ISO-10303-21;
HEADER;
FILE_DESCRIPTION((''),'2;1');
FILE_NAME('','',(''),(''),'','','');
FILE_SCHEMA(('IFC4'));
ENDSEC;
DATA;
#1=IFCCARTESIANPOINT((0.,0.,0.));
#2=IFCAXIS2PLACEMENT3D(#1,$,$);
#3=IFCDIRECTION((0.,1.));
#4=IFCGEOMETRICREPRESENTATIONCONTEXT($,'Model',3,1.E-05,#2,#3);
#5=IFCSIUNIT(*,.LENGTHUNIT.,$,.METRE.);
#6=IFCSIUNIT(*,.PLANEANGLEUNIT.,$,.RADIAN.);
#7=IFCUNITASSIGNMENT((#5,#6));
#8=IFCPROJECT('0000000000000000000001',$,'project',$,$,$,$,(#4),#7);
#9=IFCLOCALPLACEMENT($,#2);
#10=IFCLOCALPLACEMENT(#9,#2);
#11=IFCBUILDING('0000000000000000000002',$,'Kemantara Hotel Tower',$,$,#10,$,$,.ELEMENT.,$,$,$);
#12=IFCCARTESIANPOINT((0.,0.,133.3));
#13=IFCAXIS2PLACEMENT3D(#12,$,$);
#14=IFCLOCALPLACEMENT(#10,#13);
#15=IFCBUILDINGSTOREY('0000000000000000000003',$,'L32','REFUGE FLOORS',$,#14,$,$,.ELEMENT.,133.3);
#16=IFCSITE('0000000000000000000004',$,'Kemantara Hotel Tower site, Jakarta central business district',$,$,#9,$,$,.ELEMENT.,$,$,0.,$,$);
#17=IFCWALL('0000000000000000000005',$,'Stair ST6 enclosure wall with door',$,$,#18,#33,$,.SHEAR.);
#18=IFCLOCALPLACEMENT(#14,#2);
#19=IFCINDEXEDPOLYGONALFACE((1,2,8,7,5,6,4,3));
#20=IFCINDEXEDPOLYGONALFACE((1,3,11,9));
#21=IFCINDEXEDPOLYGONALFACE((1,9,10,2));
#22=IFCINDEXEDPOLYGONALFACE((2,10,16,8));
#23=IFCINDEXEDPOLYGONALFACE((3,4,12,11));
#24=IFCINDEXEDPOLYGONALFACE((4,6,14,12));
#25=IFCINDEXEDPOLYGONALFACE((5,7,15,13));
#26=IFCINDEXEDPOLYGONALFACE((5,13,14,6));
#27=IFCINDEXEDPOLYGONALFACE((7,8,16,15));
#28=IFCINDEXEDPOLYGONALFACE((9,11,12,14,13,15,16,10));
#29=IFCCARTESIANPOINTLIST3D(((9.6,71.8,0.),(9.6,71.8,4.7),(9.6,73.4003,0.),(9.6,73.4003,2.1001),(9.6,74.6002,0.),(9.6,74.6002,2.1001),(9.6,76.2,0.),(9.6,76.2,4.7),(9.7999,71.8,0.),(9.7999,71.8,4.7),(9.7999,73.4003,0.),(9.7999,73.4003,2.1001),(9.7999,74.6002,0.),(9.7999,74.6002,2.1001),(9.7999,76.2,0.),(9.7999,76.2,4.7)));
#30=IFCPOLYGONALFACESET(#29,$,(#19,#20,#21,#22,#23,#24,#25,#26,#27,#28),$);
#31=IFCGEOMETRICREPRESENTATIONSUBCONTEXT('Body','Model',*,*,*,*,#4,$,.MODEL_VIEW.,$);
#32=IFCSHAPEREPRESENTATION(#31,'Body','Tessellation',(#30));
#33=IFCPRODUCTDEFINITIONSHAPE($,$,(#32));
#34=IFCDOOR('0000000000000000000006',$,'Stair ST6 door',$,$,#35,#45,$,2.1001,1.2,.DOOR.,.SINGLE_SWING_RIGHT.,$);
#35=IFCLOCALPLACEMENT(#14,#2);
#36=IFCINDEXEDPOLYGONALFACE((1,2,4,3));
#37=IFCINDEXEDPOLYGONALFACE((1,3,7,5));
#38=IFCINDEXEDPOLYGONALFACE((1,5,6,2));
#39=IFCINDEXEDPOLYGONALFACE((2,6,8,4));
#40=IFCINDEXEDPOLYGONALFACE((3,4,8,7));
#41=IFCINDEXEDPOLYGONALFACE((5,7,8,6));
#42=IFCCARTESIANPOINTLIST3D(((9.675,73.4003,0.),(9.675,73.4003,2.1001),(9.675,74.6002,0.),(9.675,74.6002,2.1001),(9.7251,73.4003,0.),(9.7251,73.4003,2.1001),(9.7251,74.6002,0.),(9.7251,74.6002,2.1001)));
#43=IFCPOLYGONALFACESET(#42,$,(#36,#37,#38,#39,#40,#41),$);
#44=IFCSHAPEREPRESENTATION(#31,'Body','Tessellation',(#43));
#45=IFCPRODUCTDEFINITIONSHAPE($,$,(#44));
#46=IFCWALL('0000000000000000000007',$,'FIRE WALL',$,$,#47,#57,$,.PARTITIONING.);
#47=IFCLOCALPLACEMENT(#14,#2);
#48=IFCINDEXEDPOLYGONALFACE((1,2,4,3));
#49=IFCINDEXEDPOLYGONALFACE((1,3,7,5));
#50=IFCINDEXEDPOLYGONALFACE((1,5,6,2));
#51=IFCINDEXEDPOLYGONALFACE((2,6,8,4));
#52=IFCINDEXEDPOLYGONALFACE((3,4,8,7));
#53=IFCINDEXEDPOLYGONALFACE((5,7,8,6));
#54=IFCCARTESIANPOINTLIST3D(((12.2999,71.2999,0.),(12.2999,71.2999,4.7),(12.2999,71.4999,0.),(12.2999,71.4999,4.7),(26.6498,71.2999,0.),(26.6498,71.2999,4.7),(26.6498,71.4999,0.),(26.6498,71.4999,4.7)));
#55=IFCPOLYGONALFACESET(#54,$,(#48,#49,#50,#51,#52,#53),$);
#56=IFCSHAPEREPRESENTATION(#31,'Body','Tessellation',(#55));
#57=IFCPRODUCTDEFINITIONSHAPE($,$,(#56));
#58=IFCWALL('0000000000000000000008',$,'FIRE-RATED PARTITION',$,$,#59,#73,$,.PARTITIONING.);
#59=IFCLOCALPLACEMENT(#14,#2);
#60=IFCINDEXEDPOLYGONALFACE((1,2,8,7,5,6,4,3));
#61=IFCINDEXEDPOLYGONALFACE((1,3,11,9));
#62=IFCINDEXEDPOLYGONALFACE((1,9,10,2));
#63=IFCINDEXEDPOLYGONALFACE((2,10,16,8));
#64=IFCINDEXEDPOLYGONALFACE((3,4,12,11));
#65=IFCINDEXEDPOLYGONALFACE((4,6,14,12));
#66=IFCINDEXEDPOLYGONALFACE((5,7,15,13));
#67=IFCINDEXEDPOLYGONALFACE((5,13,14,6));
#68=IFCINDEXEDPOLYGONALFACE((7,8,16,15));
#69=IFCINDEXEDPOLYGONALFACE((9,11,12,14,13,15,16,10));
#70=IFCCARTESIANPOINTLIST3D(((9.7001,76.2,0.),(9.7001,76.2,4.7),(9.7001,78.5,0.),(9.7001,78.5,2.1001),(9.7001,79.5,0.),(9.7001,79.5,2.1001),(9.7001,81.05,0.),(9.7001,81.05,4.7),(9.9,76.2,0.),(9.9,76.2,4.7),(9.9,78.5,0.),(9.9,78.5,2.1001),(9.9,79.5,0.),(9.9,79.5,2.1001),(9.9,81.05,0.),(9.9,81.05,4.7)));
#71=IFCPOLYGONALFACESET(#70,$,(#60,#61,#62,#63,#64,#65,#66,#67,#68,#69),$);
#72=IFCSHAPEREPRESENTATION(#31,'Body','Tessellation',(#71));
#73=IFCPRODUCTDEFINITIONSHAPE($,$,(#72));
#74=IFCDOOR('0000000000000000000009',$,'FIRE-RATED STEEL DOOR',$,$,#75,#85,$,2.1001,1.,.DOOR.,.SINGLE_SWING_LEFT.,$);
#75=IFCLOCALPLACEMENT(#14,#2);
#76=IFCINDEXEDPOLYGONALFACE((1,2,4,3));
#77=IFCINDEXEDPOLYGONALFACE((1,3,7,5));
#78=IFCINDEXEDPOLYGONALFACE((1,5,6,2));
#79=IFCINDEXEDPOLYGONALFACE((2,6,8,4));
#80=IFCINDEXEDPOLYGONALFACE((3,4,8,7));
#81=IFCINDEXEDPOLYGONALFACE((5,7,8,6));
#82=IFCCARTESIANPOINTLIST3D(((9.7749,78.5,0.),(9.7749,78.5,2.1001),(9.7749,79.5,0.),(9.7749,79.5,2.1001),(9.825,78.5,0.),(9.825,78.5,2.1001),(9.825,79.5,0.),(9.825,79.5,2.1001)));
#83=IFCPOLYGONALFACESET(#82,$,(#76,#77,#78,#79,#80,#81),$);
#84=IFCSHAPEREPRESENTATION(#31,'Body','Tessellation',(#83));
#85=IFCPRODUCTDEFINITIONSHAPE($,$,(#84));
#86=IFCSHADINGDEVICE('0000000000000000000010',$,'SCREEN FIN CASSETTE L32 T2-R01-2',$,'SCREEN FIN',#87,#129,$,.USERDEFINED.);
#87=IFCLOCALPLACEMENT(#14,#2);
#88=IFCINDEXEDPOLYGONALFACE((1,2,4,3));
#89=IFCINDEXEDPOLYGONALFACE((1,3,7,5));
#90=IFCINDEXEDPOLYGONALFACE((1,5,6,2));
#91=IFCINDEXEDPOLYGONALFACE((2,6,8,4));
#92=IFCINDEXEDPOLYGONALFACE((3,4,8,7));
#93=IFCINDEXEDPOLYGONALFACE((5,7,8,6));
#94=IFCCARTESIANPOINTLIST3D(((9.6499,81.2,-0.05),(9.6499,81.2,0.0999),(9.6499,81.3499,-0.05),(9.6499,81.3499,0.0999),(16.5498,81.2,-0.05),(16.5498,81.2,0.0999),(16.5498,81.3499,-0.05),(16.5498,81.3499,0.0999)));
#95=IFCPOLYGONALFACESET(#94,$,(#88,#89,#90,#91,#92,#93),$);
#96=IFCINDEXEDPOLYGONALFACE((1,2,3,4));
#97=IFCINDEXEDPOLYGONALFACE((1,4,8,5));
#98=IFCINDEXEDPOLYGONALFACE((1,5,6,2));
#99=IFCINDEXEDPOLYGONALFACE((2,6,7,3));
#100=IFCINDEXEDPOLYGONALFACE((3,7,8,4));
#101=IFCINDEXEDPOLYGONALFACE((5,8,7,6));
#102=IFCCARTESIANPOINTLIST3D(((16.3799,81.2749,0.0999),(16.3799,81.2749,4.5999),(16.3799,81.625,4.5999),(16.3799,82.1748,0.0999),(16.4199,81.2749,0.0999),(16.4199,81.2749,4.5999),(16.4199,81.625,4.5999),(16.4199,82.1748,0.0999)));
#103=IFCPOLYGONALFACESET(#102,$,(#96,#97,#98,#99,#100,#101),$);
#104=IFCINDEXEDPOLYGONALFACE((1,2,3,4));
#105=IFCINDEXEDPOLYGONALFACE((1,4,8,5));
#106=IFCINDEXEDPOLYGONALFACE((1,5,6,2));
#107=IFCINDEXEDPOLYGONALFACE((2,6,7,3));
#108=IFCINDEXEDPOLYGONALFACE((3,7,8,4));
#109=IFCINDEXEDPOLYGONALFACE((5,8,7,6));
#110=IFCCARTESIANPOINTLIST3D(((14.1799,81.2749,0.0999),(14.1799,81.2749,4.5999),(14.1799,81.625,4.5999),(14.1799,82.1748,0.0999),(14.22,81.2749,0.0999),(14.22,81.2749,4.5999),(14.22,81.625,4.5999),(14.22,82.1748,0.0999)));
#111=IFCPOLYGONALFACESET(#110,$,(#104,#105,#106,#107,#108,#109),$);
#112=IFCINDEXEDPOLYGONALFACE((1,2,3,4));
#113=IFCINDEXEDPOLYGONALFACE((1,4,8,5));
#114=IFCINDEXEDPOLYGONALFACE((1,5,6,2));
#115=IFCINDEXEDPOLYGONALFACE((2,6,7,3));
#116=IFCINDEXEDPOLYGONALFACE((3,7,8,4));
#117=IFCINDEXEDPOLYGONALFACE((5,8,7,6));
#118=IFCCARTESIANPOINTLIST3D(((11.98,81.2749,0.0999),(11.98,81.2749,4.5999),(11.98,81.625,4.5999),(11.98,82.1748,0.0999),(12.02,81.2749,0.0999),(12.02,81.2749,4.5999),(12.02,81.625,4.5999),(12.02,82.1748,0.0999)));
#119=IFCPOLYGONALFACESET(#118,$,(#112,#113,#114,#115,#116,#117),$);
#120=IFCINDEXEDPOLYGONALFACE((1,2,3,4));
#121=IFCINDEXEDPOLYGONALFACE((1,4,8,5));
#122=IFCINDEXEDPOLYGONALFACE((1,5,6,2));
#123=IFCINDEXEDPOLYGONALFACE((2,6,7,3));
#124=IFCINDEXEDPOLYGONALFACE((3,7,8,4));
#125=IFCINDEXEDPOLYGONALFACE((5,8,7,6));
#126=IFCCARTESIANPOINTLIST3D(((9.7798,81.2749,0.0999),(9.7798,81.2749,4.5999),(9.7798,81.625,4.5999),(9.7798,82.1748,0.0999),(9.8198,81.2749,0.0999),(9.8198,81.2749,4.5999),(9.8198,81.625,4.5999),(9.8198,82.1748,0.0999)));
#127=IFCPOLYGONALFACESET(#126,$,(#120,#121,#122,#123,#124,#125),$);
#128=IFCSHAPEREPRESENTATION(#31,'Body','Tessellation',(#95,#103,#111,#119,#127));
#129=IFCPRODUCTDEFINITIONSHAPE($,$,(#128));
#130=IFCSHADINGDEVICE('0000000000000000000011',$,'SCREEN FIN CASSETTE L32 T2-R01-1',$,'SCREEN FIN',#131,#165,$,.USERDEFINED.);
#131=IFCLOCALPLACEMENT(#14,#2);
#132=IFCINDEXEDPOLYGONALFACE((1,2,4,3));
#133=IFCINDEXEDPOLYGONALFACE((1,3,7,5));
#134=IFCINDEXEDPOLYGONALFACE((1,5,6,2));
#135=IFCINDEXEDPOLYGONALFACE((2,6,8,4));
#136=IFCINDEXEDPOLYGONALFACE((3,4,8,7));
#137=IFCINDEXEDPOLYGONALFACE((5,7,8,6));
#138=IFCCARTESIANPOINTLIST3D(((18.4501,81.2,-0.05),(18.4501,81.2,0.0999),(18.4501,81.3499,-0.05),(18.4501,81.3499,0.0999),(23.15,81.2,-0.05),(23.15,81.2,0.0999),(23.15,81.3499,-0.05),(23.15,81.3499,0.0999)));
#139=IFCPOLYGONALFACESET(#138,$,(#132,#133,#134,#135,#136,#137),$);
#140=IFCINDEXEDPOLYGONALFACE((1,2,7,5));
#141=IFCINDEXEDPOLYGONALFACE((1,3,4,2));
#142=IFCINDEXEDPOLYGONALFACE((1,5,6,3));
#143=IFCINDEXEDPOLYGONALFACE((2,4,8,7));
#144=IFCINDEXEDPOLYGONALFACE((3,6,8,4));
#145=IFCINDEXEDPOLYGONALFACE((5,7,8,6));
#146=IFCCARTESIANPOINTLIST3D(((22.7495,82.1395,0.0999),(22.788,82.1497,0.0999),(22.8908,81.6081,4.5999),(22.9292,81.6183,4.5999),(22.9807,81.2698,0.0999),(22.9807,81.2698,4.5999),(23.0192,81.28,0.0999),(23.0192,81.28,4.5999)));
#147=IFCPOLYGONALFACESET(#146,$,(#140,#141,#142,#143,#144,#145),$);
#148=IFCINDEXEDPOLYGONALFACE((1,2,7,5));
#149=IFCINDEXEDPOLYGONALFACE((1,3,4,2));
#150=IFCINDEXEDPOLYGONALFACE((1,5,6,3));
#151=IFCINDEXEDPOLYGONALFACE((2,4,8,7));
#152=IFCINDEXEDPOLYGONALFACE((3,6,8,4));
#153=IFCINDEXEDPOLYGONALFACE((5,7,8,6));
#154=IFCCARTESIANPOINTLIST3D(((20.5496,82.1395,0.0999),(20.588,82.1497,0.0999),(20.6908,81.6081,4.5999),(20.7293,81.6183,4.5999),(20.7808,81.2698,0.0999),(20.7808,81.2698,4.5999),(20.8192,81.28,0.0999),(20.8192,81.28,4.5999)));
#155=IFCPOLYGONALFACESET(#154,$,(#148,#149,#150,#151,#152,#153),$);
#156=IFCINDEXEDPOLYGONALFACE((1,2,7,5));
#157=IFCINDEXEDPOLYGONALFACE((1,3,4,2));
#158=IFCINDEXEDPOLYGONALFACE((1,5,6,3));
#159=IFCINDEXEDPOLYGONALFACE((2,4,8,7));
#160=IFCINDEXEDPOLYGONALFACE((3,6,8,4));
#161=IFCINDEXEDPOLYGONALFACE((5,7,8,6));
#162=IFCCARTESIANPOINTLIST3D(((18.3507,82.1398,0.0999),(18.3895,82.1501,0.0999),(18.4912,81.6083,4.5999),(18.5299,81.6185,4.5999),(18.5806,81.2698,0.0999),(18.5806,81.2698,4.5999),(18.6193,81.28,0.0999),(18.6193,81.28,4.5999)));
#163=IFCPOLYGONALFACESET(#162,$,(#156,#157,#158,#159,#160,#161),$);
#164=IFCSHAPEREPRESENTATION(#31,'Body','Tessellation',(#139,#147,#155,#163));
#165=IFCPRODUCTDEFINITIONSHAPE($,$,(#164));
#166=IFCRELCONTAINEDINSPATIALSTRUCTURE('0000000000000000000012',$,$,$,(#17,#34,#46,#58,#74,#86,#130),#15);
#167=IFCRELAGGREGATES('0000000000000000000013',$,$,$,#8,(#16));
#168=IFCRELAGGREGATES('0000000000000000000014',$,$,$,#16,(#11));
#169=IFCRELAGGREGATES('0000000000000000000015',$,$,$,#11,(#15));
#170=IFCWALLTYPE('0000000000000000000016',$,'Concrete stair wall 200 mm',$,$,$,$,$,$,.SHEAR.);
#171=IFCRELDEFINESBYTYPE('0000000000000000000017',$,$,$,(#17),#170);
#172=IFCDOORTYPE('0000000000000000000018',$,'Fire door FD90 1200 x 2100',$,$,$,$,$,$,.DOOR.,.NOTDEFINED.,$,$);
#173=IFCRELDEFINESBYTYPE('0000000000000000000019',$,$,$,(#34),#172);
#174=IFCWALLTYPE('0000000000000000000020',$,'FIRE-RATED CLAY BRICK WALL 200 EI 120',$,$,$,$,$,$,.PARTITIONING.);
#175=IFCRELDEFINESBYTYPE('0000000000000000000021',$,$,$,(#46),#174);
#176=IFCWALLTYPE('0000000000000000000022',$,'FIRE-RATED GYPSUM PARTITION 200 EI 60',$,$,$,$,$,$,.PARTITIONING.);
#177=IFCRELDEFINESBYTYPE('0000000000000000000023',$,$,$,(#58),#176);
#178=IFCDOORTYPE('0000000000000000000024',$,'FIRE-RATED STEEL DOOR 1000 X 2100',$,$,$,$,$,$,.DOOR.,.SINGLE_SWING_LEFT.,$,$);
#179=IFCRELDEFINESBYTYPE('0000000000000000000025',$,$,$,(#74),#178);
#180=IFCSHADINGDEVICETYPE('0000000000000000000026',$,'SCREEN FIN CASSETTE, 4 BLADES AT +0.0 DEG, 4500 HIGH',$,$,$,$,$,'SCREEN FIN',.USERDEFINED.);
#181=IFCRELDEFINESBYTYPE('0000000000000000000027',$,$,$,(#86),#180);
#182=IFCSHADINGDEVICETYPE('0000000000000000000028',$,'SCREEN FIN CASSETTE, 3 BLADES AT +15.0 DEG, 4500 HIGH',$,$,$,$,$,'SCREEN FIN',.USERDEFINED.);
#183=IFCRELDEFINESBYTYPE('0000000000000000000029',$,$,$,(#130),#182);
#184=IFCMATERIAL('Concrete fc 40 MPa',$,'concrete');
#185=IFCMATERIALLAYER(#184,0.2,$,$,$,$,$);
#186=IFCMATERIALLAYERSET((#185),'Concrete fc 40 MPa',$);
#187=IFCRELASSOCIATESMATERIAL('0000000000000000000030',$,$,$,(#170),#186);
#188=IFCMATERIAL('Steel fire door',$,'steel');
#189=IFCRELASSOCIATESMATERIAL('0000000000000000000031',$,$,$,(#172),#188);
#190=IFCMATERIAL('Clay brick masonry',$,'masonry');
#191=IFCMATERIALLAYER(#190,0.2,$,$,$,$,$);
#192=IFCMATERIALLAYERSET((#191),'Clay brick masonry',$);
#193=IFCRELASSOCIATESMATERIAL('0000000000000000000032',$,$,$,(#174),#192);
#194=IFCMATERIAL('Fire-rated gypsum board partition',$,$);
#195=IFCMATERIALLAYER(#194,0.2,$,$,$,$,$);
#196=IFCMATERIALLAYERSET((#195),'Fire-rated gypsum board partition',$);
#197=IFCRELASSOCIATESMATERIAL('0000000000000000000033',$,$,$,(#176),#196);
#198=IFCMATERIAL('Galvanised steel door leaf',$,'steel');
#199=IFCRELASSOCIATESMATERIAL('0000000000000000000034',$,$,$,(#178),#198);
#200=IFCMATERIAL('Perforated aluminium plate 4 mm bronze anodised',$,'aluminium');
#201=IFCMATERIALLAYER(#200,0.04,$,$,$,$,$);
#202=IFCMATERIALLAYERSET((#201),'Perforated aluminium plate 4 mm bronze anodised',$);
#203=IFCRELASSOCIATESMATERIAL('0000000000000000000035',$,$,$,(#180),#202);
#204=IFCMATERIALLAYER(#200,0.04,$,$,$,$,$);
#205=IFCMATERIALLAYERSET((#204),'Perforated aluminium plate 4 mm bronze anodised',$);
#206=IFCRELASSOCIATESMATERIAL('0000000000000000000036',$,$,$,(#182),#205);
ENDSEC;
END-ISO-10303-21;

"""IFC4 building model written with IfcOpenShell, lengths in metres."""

from ifc_helpers import new_model, si_unit, direction, frame, frame_2d, origin, origin_2d, place, context, subcontext, project, spatial, polyline, rectangle, outline, extrude, source, transform, mapped, material, layer, layer_set, type_object, element, fill, save


model = new_model("IFC4")

# Units and contexts
model_context = context("Model", 3, precision=1e-05, world=origin(), true_north=direction((0.0, 1.0)))
body_context = subcontext(model_context, "Body", "Model", "MODEL_VIEW")
ifc_project = project(units=[si_unit("LENGTHUNIT", "METRE"), si_unit("PLANEANGLEUNIT", "RADIAN")], contexts=[model_context])

# Site, building, storey
site_placement = place(None, origin())
site = spatial("IfcSite", under=ifc_project, at=site_placement, Name="Kemantara Hotel Tower site, Jakarta central business district", CompositionType="ELEMENT", RefElevation=0.0)
building_placement = place(site_placement, origin())
building = spatial("IfcBuilding", under=site, at=building_placement, Name="Kemantara Hotel Tower", CompositionType="ELEMENT")
storey_placement = place(building_placement, frame((0.0, 0.0, 133.3)))
storey = spatial("IfcBuildingStorey", under=building, at=storey_placement, Name="L32", Description="REFUGE FLOORS", CompositionType="ELEMENT", Elevation=133.3)

# Wall, opening, door
ifc_material_1 = material(Name="Concrete fc 40 MPa", Category="concrete")
ifc_layer_1 = layer(ifc_material_1, 0.2)
ifc_layer_set_1 = layer_set([ifc_layer_1], Name="Concrete fc 40 MPa")
wall_type_1 = type_object("IfcWallType", Name="Concrete stair wall 200 mm", PredefinedType="SHEAR", material=ifc_layer_set_1)
wall_1_placement = place(storey_placement, frame((9.7, 71.8, 0.0), z_axis=(0.0, 0.0, 1.0), x_axis=(0.0, 1.0, 0.0)))
wall_1 = element("IfcWall", 1, at=wall_1_placement, inside=storey, type_object=wall_type_1, Name="Stair ST6 enclosure wall with door", PredefinedType="SHEAR", context=body_context, shape_type="SweptSolid", body=[
    extrude(rectangle(XDim=4.3999, YDim=0.2, at=frame_2d((2.2, 0.0))), origin(), (0.0, 0.0, 1.0), 4.7),
])
opening_1_placement = place(wall_1_placement, frame((1.6001, 0.0, 0.0)))
opening_1 = element("IfcOpeningElement", 2, at=opening_1_placement, cuts=wall_1, PredefinedType="OPENING", context=body_context, shape_type="SweptSolid", body=[
    extrude(rectangle(XDim=1.2, YDim=2.1001, at=frame_2d((0.6001, 1.05))), frame((0.0, 0.1099, 0.0), z_axis=(0.0, -1.0, 0.0), x_axis=(1.0, 0.0, 0.0)), (0.0, 0.0, 1.0), 0.22),
])
ifc_material_2 = material(Name="Steel fire door", Category="steel")
door_type_1 = type_object("IfcDoorType", Name="Fire door FD90 1200 x 2100", OperationType="NOTDEFINED", PredefinedType="DOOR", material=ifc_material_2)
door_1_placement = place(opening_1_placement, origin())
door_1 = element("IfcDoor", 3, at=door_1_placement, inside=storey, type_object=door_type_1, Name="Stair ST6 door", OperationType="SINGLE_SWING_RIGHT", OverallHeight=2.1001, OverallWidth=1.2, PredefinedType="DOOR", context=body_context, shape_type="SweptSolid", body=[
    extrude(rectangle(XDim=1.2, YDim=2.1001, at=frame_2d((0.6001, 1.05))), frame((0.0, 0.0249, 0.0), z_axis=(0.0, -1.0, 0.0), x_axis=(1.0, 0.0, 0.0)), (0.0, 0.0, 1.0), 0.05),
])
fill(opening_1, door_1)

# Wall
ifc_material_3 = material(Name="Clay brick masonry", Category="masonry")
ifc_layer_2 = layer(ifc_material_3, 0.2)
ifc_layer_set_2 = layer_set([ifc_layer_2], Name="Clay brick masonry")
wall_type_2 = type_object("IfcWallType", Name="FIRE-RATED CLAY BRICK WALL 200 EI 120", PredefinedType="PARTITIONING", material=ifc_layer_set_2)
wall_2_placement = place(storey_placement, frame((12.3, 71.3999, 0.0), z_axis=(0.0, 0.0, 1.0), x_axis=(1.0, 0.0, 0.0)))
element("IfcWall", 4, at=wall_2_placement, inside=storey, type_object=wall_type_2, Name="FIRE WALL", PredefinedType="PARTITIONING", context=body_context, shape_type="SweptSolid", body=[
    extrude(rectangle(XDim=14.3499, YDim=0.2, at=frame_2d((7.1748, 0.0))), origin(), (0.0, 0.0, 1.0), 4.7),
])

# Wall, opening, door
ifc_material_4 = material(Name="Fire-rated gypsum board partition")
ifc_layer_3 = layer(ifc_material_4, 0.2)
ifc_layer_set_3 = layer_set([ifc_layer_3], Name="Fire-rated gypsum board partition")
wall_type_3 = type_object("IfcWallType", Name="FIRE-RATED GYPSUM PARTITION 200 EI 60", PredefinedType="PARTITIONING", material=ifc_layer_set_3)
wall_3_placement = place(storey_placement, frame((9.8, 76.2, 0.0), z_axis=(0.0, 0.0, 1.0), x_axis=(0.0, 1.0, 0.0)))
wall_3 = element("IfcWall", 5, at=wall_3_placement, inside=storey, type_object=wall_type_3, Name="FIRE-RATED PARTITION", PredefinedType="PARTITIONING", context=body_context, shape_type="SweptSolid", body=[
    extrude(rectangle(XDim=4.8501, YDim=0.2, at=frame_2d((2.425, 0.0))), origin(), (0.0, 0.0, 1.0), 4.7),
])
opening_2_placement = place(wall_3_placement, frame((2.3, 0.0, 0.0)))
opening_2 = element("IfcOpeningElement", 6, at=opening_2_placement, cuts=wall_3, PredefinedType="OPENING", context=body_context, shape_type="SweptSolid", body=[
    extrude(rectangle(XDim=1.0, YDim=2.1001, at=frame_2d((0.5, 1.05))), frame((0.0, 0.1099, 0.0), z_axis=(0.0, -1.0, 0.0), x_axis=(1.0, 0.0, 0.0)), (0.0, 0.0, 1.0), 0.22),
])
ifc_material_5 = material(Name="Galvanised steel door leaf", Category="steel")
door_type_2 = type_object("IfcDoorType", Name="FIRE-RATED STEEL DOOR 1000 X 2100", OperationType="SINGLE_SWING_LEFT", PredefinedType="DOOR", material=ifc_material_5)
door_2_placement = place(opening_2_placement, frame((1.0, 0.0, 0.0), z_axis=(0.0, 0.0, 1.0), x_axis=(-1.0, 0.0, 0.0)))
door_2 = element("IfcDoor", 7, at=door_2_placement, inside=storey, type_object=door_type_2, Name="FIRE-RATED STEEL DOOR", OperationType="SINGLE_SWING_LEFT", OverallHeight=2.1001, OverallWidth=1.0, PredefinedType="DOOR", context=body_context, shape_type="SweptSolid", body=[
    extrude(rectangle(XDim=1.0, YDim=2.1001, at=frame_2d((0.5, 1.05))), frame((0.0, 0.0249, 0.0), z_axis=(0.0, -1.0, 0.0), x_axis=(1.0, 0.0, 0.0)), (0.0, 0.0, 1.0), 0.05),
])
fill(opening_2, door_2)

# Shading devices
ifc_material_6 = material(Name="Perforated aluminium plate 4 mm bronze anodised", Category="aluminium")
ifc_layer_4 = layer(ifc_material_6, 0.04)
ifc_layer_set_4 = layer_set([ifc_layer_4], Name="Perforated aluminium plate 4 mm bronze anodised")
shading_device_type_1 = type_object("IfcShadingDeviceType", Name="SCREEN FIN CASSETTE, 4 BLADES AT +0.0 DEG, 4500 HIGH", ElementType="SCREEN FIN", PredefinedType="USERDEFINED", material=ifc_layer_set_4)
shared_shape_1 = source(origin(), body_context, "Body", "SweptSolid", [
    extrude(rectangle(XDim=6.8999, YDim=0.1499, at=origin_2d()), frame((3.3, -0.075, -0.1499), z_axis=(0.0, 0.0, 1.0), x_axis=(1.0, 0.0, 0.0)), (0.0, 0.0, 1.0), 0.1499),
    extrude(outline(polyline([(0.0, 0.0), (0.8999, 0.0), (0.3501, 4.5), (0.0, 4.5), (0.0, 0.0)])), frame((0.02, -0.075, 0.0), z_axis=(-1.0, 0.0, 0.0), x_axis=(0.0, -1.0, 0.0)), (0.0, 0.0, 1.0), 0.04),
    extrude(outline(polyline([(0.0, 0.0), (0.8999, 0.0), (0.3501, 4.5), (0.0, 4.5), (0.0, 0.0)])), frame((2.22, -0.075, 0.0), z_axis=(-1.0, 0.0, 0.0), x_axis=(0.0, -1.0, 0.0)), (0.0, 0.0, 1.0), 0.04),
    extrude(outline(polyline([(0.0, 0.0), (0.8999, 0.0), (0.3501, 4.5), (0.0, 4.5), (0.0, 0.0)])), frame((4.4199, -0.075, 0.0), z_axis=(-1.0, 0.0, 0.0), x_axis=(0.0, -1.0, 0.0)), (0.0, 0.0, 1.0), 0.04),
    extrude(outline(polyline([(0.0, 0.0), (0.8999, 0.0), (0.3501, 4.5), (0.0, 4.5), (0.0, 0.0)])), frame((6.6201, -0.075, 0.0), z_axis=(-1.0, 0.0, 0.0), x_axis=(0.0, -1.0, 0.0)), (0.0, 0.0, 1.0), 0.04),
])
shading_device_1_placement = place(storey_placement, frame((16.3999, 81.2, 0.0999), z_axis=(0.0, 0.0, 1.0), x_axis=(-1.0, 0.0, 0.0)))
element("IfcShadingDevice", 8, at=shading_device_1_placement, inside=storey, type_object=shading_device_type_1, Name="SCREEN FIN CASSETTE L32 T2-R01-2", ObjectType="SCREEN FIN", PredefinedType="USERDEFINED", context=body_context, shape_type="MappedRepresentation", body=[
    mapped(shared_shape_1, transform((0.0, 0.0, 0.0))),
])
ifc_layer_5 = layer(ifc_material_6, 0.04)
ifc_layer_set_5 = layer_set([ifc_layer_5], Name="Perforated aluminium plate 4 mm bronze anodised")
shading_device_type_2 = type_object("IfcShadingDeviceType", Name="SCREEN FIN CASSETTE, 3 BLADES AT +15.0 DEG, 4500 HIGH", ElementType="SCREEN FIN", PredefinedType="USERDEFINED", material=ifc_layer_set_5)
shared_shape_2 = source(origin(), body_context, "Body", "SweptSolid", [
    extrude(rectangle(XDim=4.7, YDim=0.1499, at=origin_2d()), frame((2.2, -0.075, -0.1499), z_axis=(0.0, 0.0, 1.0), x_axis=(1.0, 0.0, 0.0)), (0.0, 0.0, 1.0), 0.1499),
    extrude(outline(polyline([(0.0, 0.0), (0.8999, 0.0), (0.3501, 4.5), (0.0, 4.5), (0.0, 0.0)])), frame((0.0193, -0.0698, 0.0), z_axis=(-0.966438, -0.256901, 0.0), x_axis=(0.256901, -0.966438, 0.0)), (0.0, 0.0, 1.0), 0.0398),
    extrude(outline(polyline([(0.0, 0.0), (0.8999, 0.0), (0.3501, 4.5), (0.0, 4.5), (0.0, 0.0)])), frame((2.2192, -0.0698, 0.0), z_axis=(-0.966438, -0.256901, 0.0), x_axis=(0.256901, -0.966438, 0.0)), (0.0, 0.0, 1.0), 0.0398),
    extrude(outline(polyline([(0.0, 0.0), (0.8999, 0.0), (0.3501, 4.5), (0.0, 4.5), (0.0, 0.0)])), frame((4.4194, -0.0698, 0.0), z_axis=(-0.966838, -0.255391, 0.0), x_axis=(0.255391, -0.966838, 0.0)), (0.0, 0.0, 1.0), 0.04),
])
shading_device_2_placement = place(storey_placement, frame((23.0, 81.2, 0.0999), z_axis=(0.0, 0.0, 1.0), x_axis=(-1.0, 0.0, 0.0)))
element("IfcShadingDevice", 9, at=shading_device_2_placement, inside=storey, type_object=shading_device_type_2, Name="SCREEN FIN CASSETTE L32 T2-R01-1", ObjectType="SCREEN FIN", PredefinedType="USERDEFINED", context=body_context, shape_type="MappedRepresentation", body=[
    mapped(shared_shape_2, transform((0.0, 0.0, 0.0))),
])

save(model, "model.ifc")
